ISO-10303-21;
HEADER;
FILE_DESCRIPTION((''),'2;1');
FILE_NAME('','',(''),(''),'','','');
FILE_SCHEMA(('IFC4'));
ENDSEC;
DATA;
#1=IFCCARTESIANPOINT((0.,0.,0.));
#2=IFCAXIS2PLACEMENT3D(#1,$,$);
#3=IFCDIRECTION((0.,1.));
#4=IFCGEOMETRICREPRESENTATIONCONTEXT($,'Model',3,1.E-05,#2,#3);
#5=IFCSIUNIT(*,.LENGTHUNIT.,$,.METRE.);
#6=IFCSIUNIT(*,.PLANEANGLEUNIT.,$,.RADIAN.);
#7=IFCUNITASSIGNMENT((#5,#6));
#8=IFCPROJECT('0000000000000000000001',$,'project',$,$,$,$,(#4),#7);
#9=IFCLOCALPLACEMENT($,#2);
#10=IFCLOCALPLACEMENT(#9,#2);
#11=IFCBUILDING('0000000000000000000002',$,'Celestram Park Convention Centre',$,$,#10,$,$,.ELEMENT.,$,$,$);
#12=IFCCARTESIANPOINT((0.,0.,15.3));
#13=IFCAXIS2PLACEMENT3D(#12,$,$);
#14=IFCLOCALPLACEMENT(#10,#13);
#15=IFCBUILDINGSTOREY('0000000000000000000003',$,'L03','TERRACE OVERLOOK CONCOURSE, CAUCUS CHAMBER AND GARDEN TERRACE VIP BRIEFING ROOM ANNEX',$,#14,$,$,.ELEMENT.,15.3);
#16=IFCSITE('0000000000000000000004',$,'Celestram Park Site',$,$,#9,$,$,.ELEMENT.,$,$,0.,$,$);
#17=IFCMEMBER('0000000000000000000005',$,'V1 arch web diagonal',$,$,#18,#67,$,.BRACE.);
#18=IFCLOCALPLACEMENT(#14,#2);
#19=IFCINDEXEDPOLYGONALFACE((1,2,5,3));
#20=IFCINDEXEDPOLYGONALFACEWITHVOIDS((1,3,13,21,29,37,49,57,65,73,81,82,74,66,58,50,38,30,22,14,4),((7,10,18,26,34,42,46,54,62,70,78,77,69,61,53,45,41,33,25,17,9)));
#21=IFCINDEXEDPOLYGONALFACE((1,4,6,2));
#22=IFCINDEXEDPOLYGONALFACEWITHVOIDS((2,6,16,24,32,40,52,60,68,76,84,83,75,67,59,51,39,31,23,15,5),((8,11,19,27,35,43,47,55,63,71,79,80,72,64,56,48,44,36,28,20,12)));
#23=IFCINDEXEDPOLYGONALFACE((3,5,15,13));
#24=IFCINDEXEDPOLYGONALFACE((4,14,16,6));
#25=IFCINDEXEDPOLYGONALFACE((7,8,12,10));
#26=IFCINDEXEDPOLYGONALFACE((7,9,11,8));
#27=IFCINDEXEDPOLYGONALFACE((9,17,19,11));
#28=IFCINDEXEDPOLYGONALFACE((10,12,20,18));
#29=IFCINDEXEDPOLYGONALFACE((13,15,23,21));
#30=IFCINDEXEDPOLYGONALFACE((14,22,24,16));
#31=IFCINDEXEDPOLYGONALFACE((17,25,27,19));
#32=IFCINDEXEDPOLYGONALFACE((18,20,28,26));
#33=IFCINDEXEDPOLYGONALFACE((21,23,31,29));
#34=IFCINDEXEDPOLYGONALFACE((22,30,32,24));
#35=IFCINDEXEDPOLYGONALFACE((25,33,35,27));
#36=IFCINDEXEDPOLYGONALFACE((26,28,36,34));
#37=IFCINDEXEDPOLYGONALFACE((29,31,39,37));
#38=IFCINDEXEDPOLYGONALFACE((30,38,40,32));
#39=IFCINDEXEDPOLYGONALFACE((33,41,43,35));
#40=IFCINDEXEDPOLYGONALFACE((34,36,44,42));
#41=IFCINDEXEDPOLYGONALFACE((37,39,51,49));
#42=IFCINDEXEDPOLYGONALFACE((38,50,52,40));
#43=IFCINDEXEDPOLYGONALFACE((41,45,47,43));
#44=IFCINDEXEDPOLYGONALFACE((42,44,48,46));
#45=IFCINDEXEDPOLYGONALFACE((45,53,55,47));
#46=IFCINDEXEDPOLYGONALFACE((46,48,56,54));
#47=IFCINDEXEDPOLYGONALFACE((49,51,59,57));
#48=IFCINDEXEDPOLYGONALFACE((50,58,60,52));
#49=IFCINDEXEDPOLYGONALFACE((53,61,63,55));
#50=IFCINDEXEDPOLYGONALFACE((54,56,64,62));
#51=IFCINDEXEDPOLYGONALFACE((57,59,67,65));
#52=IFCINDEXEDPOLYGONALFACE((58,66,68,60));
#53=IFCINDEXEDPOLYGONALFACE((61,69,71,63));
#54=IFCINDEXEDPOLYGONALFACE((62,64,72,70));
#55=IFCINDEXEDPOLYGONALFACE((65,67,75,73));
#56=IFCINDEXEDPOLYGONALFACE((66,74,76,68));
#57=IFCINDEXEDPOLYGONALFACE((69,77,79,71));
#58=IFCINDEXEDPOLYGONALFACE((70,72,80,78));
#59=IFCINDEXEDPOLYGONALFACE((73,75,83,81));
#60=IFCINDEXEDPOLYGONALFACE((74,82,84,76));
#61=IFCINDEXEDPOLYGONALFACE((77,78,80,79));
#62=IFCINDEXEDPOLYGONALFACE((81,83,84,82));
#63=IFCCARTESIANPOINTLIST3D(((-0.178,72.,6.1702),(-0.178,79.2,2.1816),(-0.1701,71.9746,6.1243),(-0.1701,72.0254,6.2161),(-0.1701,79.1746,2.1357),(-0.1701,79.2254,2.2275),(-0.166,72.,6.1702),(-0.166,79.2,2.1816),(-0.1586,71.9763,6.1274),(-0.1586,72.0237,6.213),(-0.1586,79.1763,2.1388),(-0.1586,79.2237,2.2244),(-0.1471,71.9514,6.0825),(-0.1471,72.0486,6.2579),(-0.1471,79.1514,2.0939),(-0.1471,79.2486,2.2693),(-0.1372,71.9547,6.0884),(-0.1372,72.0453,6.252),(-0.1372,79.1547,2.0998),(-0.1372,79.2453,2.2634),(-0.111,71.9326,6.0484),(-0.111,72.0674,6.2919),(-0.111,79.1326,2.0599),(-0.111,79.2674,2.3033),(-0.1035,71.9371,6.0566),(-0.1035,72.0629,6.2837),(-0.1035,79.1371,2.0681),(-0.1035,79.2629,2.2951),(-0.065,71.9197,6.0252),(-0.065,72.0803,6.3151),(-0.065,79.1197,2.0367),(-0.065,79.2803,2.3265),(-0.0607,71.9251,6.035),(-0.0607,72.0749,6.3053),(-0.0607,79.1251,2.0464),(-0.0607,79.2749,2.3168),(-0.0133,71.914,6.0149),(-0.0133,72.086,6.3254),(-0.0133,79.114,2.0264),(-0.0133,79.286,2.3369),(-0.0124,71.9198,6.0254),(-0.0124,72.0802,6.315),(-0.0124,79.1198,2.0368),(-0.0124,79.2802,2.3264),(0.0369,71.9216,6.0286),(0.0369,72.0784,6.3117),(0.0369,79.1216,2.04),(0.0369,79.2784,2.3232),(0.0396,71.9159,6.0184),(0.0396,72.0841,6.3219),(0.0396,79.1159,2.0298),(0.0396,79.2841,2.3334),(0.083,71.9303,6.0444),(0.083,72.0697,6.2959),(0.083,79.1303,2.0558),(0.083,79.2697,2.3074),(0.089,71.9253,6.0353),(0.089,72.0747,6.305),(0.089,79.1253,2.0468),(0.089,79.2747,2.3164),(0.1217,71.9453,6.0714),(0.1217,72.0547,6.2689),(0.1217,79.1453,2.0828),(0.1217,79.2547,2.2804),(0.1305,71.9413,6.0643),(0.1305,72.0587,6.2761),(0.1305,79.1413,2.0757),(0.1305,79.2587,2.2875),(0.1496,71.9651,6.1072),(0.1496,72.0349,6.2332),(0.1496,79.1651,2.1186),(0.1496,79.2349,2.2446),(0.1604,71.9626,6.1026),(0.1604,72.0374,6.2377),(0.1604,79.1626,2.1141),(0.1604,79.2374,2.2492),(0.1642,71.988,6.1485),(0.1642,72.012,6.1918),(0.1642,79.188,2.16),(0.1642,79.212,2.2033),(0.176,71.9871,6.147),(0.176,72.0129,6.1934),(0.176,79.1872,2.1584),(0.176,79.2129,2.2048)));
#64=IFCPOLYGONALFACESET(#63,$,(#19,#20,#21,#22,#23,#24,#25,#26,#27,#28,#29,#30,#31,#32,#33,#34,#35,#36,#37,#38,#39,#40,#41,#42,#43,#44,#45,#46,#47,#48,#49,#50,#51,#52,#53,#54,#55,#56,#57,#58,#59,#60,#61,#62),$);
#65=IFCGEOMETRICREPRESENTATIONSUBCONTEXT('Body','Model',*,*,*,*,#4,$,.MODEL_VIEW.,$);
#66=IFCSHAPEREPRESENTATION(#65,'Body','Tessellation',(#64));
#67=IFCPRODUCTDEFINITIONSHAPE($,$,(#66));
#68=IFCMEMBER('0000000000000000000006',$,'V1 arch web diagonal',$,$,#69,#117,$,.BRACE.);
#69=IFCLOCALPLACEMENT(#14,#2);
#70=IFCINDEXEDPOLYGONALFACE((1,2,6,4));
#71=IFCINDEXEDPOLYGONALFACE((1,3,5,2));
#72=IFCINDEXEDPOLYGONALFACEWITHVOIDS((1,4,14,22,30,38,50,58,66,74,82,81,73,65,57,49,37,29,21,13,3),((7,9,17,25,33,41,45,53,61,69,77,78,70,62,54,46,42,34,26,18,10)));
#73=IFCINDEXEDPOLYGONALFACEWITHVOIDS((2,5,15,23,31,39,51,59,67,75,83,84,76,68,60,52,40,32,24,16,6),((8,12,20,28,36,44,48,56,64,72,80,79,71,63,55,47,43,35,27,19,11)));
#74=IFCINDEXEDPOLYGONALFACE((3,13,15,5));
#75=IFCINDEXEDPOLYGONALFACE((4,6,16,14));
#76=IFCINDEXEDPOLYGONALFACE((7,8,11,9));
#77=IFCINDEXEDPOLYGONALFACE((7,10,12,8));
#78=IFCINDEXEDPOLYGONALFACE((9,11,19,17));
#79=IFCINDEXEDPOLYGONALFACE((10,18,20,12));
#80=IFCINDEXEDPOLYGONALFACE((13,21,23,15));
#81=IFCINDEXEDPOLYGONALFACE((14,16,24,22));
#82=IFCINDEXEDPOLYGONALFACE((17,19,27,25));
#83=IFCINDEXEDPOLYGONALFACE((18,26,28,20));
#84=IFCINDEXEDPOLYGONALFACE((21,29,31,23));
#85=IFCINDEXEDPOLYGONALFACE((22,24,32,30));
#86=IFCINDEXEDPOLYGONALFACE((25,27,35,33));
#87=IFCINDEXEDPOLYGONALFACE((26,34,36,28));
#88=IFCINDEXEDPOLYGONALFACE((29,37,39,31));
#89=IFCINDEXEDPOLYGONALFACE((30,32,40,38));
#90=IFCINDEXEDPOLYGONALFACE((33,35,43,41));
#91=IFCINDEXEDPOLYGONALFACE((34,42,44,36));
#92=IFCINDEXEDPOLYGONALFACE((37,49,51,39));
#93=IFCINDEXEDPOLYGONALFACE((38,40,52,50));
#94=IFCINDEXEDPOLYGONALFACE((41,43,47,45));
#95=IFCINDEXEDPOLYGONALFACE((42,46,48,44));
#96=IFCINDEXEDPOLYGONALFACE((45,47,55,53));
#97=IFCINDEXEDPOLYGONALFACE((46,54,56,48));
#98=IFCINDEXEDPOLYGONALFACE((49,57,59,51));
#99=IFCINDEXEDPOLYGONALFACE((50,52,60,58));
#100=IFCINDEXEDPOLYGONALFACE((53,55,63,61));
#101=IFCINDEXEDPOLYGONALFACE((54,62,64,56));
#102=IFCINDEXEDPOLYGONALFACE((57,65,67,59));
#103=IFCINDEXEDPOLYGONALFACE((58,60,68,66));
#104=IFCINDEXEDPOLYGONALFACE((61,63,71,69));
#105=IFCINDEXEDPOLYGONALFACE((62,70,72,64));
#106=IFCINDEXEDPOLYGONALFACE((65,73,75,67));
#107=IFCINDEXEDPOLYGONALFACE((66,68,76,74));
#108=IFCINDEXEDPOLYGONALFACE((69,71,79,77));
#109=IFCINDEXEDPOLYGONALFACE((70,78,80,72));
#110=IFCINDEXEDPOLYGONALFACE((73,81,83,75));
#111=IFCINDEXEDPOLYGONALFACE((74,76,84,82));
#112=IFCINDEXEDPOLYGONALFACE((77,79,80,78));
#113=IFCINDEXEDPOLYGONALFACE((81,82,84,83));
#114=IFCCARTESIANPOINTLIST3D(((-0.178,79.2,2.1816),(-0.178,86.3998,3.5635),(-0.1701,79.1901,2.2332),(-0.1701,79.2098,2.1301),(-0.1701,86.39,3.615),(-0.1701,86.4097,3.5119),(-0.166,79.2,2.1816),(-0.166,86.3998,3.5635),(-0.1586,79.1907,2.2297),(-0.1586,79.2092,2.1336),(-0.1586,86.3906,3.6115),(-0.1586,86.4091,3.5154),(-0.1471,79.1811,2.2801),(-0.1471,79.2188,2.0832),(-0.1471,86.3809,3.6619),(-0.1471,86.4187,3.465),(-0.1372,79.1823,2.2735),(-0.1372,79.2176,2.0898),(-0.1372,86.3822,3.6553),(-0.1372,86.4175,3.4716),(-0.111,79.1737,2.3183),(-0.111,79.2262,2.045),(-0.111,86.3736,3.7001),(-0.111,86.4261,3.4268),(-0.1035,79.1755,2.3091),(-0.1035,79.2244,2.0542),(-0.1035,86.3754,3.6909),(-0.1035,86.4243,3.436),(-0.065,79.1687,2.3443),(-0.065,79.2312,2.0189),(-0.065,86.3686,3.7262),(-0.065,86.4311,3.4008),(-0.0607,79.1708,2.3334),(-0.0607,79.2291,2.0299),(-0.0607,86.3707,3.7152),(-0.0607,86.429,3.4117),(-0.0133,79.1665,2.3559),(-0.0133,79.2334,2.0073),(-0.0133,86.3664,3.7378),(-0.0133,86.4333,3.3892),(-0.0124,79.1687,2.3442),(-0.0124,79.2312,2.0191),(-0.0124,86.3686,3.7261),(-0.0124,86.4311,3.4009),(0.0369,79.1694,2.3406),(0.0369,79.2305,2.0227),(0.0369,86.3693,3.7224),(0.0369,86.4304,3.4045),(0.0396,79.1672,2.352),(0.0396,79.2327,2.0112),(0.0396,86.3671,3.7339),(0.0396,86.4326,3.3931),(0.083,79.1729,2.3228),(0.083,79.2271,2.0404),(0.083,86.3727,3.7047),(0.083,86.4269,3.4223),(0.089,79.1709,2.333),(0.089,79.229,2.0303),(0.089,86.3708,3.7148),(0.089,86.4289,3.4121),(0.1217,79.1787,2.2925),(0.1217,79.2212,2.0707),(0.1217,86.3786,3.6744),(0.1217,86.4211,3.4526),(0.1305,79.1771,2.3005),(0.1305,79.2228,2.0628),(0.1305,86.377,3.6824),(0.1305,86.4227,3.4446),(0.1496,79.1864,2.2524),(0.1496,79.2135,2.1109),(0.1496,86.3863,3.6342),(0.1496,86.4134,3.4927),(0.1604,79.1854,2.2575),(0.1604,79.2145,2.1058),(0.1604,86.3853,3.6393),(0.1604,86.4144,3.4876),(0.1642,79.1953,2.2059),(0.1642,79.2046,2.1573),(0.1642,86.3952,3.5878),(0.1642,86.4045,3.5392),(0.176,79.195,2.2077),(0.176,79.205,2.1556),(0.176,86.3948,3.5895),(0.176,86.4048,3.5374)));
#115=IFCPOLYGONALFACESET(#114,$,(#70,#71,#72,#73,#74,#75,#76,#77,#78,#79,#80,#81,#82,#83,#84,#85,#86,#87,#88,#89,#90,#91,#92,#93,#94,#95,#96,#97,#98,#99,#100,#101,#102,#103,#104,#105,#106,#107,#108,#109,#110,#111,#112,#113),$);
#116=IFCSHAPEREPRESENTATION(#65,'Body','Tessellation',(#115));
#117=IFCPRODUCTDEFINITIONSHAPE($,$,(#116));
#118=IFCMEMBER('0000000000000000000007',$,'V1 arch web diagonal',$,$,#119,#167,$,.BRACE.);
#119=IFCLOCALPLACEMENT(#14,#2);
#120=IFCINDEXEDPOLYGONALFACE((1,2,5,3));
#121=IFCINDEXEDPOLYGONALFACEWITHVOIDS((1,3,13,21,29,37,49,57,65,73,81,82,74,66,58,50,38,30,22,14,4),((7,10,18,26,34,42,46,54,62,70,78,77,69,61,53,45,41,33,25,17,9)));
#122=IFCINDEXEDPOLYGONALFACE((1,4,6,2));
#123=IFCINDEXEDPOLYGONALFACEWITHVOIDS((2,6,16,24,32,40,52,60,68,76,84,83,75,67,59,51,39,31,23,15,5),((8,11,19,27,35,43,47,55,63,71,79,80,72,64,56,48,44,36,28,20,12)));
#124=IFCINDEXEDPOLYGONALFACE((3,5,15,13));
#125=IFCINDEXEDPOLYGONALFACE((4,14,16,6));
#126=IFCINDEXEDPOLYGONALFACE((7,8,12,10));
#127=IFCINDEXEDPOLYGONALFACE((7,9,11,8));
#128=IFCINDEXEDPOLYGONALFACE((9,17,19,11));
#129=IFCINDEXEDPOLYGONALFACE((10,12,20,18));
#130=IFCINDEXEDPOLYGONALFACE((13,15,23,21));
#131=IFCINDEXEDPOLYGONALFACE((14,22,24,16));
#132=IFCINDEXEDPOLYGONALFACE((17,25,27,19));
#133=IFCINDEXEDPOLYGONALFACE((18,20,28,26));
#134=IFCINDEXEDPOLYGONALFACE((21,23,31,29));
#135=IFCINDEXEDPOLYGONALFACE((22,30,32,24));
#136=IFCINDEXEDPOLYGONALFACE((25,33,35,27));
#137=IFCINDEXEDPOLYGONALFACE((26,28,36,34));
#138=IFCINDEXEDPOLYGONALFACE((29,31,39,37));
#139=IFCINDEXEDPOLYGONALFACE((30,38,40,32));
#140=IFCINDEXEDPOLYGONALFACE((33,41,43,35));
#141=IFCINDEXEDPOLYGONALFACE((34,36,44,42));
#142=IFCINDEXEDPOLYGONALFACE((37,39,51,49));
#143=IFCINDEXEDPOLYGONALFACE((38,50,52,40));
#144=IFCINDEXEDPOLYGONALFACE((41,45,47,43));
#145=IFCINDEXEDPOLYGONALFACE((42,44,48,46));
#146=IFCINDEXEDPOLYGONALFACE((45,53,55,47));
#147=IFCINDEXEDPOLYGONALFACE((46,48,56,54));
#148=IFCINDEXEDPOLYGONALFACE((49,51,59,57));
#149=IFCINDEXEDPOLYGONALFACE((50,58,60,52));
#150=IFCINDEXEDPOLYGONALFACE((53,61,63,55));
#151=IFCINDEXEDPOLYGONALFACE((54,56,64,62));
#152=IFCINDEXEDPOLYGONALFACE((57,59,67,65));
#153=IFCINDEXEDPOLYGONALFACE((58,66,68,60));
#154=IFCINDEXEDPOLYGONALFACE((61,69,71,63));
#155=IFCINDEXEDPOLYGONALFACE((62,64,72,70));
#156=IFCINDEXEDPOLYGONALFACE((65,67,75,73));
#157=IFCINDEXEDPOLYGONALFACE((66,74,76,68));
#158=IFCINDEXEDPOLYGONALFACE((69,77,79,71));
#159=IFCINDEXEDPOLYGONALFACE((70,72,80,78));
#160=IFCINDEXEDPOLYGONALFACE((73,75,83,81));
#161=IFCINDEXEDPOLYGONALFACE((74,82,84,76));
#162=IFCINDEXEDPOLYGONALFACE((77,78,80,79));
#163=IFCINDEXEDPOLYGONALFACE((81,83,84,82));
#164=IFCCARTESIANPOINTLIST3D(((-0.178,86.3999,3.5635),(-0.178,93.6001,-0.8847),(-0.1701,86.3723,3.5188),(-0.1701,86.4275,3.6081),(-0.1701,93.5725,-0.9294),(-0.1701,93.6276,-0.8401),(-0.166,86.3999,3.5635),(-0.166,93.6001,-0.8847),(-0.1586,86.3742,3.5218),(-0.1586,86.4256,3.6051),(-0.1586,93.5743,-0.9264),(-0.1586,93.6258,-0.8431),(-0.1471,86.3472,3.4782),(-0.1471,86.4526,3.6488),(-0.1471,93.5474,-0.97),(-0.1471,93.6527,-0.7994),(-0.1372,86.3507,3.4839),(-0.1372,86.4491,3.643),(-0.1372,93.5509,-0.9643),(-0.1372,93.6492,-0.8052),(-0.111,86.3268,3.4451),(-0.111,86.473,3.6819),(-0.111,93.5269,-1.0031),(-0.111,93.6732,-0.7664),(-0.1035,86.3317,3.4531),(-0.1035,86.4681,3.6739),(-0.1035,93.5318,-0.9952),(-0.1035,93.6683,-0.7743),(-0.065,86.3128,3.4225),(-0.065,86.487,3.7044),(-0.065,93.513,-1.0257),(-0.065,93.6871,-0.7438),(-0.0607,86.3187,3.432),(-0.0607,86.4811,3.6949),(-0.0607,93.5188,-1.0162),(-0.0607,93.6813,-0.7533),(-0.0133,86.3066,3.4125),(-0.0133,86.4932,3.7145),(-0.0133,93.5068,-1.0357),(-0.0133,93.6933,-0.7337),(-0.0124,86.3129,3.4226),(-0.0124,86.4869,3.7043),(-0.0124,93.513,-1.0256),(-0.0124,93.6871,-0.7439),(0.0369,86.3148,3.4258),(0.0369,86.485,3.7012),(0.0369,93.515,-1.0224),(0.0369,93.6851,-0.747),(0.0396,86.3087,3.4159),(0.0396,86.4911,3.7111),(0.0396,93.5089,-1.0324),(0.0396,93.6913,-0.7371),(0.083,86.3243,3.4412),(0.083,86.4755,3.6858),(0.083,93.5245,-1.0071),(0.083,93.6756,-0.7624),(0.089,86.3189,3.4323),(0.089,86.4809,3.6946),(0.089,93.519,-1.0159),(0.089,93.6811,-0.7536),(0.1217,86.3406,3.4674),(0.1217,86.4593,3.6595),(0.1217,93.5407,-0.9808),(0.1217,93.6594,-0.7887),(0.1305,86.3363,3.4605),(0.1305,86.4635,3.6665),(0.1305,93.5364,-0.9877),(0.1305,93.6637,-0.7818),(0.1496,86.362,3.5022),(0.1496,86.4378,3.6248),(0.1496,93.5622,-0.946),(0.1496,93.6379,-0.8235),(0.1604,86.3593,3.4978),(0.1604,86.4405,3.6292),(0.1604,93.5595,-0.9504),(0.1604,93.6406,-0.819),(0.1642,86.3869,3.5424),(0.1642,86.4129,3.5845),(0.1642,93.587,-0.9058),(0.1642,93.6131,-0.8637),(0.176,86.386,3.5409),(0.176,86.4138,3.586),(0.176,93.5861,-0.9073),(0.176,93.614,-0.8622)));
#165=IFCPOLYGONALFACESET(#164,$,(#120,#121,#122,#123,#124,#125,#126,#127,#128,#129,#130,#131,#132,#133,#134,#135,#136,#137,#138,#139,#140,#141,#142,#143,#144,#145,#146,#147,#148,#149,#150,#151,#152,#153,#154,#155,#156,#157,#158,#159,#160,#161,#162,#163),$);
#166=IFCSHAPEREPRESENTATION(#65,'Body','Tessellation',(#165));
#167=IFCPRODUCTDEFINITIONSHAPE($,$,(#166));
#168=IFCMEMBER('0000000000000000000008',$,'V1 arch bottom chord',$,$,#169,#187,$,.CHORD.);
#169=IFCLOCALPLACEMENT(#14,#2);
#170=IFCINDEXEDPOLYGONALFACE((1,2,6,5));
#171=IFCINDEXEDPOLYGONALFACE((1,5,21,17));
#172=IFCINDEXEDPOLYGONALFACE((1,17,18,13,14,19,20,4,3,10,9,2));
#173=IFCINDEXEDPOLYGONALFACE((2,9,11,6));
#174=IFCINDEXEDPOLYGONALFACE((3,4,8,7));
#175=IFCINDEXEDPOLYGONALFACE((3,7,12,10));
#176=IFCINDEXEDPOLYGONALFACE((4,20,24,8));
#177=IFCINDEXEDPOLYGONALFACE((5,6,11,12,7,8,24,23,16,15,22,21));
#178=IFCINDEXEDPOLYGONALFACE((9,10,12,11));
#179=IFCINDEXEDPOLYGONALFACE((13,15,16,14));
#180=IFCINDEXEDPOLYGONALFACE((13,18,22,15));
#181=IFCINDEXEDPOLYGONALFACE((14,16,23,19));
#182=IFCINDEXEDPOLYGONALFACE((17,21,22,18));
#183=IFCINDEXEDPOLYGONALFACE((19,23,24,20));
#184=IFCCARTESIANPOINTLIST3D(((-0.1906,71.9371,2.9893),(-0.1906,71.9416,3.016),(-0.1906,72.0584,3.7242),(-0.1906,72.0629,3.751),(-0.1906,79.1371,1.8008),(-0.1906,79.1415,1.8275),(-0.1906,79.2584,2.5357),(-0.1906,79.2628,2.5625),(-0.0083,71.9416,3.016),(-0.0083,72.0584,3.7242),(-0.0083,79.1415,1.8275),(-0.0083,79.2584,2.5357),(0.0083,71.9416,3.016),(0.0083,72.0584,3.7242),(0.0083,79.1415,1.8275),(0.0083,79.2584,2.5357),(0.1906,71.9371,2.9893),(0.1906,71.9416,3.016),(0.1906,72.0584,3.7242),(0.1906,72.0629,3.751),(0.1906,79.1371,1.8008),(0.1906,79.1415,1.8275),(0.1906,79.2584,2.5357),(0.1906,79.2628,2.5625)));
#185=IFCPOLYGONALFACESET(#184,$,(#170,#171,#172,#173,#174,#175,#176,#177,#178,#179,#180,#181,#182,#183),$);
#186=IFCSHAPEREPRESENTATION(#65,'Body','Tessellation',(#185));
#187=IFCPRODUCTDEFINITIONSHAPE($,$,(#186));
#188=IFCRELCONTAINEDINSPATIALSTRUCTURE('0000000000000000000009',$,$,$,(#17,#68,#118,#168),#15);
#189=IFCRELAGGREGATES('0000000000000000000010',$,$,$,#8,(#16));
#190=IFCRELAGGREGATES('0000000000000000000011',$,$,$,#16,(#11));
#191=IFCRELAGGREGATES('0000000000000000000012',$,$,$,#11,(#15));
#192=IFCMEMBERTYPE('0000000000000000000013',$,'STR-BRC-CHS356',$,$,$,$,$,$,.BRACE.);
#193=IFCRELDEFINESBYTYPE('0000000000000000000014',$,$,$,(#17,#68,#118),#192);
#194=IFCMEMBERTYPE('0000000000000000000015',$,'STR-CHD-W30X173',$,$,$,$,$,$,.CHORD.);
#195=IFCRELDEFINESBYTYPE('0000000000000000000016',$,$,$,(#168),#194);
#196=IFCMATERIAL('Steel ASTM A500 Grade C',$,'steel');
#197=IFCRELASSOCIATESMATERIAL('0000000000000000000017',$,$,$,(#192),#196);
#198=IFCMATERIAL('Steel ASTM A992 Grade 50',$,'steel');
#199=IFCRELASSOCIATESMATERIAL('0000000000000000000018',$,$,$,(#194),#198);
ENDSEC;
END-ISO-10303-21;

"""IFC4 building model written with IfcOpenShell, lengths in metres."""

from ifc_helpers import new_model, si_unit, direction, frame, origin, origin_2d, place, context, subcontext, project, spatial, hollow_circle, i_section, extrude, material, material_profile, profile_set, type_object, element, save


model = new_model("IFC4")

# Units and contexts
model_context = context("Model", 3, precision=1e-05, world=origin(), true_north=direction((0.0, 1.0)))
body_context = subcontext(model_context, "Body", "Model", "MODEL_VIEW")
ifc_project = project(units=[si_unit("LENGTHUNIT", "METRE"), si_unit("PLANEANGLEUNIT", "RADIAN")], contexts=[model_context])

# Site, building, storey
site_placement = place(None, origin())
site = spatial("IfcSite", under=ifc_project, at=site_placement, Name="Celestram Park Site", CompositionType="ELEMENT", RefElevation=0.0)
building_placement = place(site_placement, origin())
building = spatial("IfcBuilding", under=site, at=building_placement, Name="Celestram Park Convention Centre", CompositionType="ELEMENT")
storey_placement = place(building_placement, frame((0.0, 0.0, 15.3)))
storey = spatial("IfcBuildingStorey", under=building, at=storey_placement, Name="L03", Description="TERRACE OVERLOOK CONCOURSE, CAUCUS CHAMBER AND GARDEN TERRACE VIP BRIEFING ROOM ANNEX", CompositionType="ELEMENT", Elevation=15.3)

# Members
ifc_material_1 = material(Name="Steel ASTM A500 Grade C", Category="steel")
ifc_material_profile_1 = material_profile(ifc_material_1, hollow_circle(Radius=0.178, WallThickness=0.012, at=origin_2d()), Name="CHS356X12")
ifc_profile_set_1 = profile_set([ifc_material_profile_1], Name="Steel ASTM A500 Grade C")
member_type_1 = type_object("IfcMemberType", Name="STR-BRC-CHS356", PredefinedType="BRACE", material=ifc_profile_set_1)
member_1_placement = place(storey_placement, frame((0.0, 72.0, 6.1702), z_axis=(0.0, 0.874747, -0.48458), x_axis=(-1.0, 0.0, 0.0)))
element("IfcMember", 1, at=member_1_placement, inside=storey, type_object=member_type_1, Name="V1 arch web diagonal", PredefinedType="BRACE", context=body_context, shape_type="SweptSolid", body=[
    extrude(hollow_circle(Radius=0.178, WallThickness=0.012, at=origin_2d()), origin(), (0.0, 0.0, 1.0), 8.231),
])
member_2_placement = place(storey_placement, frame((0.0, 79.2, 2.1816), z_axis=(0.0, 0.982076, 0.188483), x_axis=(-1.0, 0.0, 0.0)))
element("IfcMember", 2, at=member_2_placement, inside=storey, type_object=member_type_1, Name="V1 arch web diagonal", PredefinedType="BRACE", context=body_context, shape_type="SweptSolid", body=[
    extrude(hollow_circle(Radius=0.178, WallThickness=0.012, at=origin_2d()), origin(), (0.0, 0.0, 1.0), 7.3313),
])
member_3_placement = place(storey_placement, frame((0.0, 86.3999, 3.5635), z_axis=(0.0, 0.850742, -0.525584), x_axis=(-1.0, 0.0, 0.0)))
element("IfcMember", 3, at=member_3_placement, inside=storey, type_object=member_type_1, Name="V1 arch web diagonal", PredefinedType="BRACE", context=body_context, shape_type="SweptSolid", body=[
    extrude(hollow_circle(Radius=0.178, WallThickness=0.012, at=origin_2d()), origin(), (0.0, 0.0, 1.0), 8.4634),
])
ifc_material_2 = material(Name="Steel ASTM A992 Grade 50", Category="steel")
ifc_material_profile_2 = material_profile(ifc_material_2, i_section(OverallWidth=0.3811, OverallDepth=0.772, WebThickness=0.0166, FlangeThickness=0.0271, at=origin_2d()), Name="W30X173")
ifc_profile_set_2 = profile_set([ifc_material_profile_2], Name="Steel ASTM A992 Grade 50")
member_type_2 = type_object("IfcMemberType", Name="STR-CHD-W30X173", PredefinedType="CHORD", material=ifc_profile_set_2)
member_4_placement = place(storey_placement, frame((0.0, 72.0, 3.3701), z_axis=(0.0, 0.986649, -0.162863), x_axis=(-1.0, 0.0, 0.0)))
element("IfcMember", 4, at=member_4_placement, inside=storey, type_object=member_type_2, Name="V1 arch bottom chord", PredefinedType="CHORD", context=body_context, shape_type="SweptSolid", body=[
    extrude(i_section(OverallWidth=0.3811, OverallDepth=0.772, WebThickness=0.0166, FlangeThickness=0.0271, at=origin_2d()), origin(), (0.0, 0.0, 1.0), 7.2974),
])

save(model, "model.ifc")
